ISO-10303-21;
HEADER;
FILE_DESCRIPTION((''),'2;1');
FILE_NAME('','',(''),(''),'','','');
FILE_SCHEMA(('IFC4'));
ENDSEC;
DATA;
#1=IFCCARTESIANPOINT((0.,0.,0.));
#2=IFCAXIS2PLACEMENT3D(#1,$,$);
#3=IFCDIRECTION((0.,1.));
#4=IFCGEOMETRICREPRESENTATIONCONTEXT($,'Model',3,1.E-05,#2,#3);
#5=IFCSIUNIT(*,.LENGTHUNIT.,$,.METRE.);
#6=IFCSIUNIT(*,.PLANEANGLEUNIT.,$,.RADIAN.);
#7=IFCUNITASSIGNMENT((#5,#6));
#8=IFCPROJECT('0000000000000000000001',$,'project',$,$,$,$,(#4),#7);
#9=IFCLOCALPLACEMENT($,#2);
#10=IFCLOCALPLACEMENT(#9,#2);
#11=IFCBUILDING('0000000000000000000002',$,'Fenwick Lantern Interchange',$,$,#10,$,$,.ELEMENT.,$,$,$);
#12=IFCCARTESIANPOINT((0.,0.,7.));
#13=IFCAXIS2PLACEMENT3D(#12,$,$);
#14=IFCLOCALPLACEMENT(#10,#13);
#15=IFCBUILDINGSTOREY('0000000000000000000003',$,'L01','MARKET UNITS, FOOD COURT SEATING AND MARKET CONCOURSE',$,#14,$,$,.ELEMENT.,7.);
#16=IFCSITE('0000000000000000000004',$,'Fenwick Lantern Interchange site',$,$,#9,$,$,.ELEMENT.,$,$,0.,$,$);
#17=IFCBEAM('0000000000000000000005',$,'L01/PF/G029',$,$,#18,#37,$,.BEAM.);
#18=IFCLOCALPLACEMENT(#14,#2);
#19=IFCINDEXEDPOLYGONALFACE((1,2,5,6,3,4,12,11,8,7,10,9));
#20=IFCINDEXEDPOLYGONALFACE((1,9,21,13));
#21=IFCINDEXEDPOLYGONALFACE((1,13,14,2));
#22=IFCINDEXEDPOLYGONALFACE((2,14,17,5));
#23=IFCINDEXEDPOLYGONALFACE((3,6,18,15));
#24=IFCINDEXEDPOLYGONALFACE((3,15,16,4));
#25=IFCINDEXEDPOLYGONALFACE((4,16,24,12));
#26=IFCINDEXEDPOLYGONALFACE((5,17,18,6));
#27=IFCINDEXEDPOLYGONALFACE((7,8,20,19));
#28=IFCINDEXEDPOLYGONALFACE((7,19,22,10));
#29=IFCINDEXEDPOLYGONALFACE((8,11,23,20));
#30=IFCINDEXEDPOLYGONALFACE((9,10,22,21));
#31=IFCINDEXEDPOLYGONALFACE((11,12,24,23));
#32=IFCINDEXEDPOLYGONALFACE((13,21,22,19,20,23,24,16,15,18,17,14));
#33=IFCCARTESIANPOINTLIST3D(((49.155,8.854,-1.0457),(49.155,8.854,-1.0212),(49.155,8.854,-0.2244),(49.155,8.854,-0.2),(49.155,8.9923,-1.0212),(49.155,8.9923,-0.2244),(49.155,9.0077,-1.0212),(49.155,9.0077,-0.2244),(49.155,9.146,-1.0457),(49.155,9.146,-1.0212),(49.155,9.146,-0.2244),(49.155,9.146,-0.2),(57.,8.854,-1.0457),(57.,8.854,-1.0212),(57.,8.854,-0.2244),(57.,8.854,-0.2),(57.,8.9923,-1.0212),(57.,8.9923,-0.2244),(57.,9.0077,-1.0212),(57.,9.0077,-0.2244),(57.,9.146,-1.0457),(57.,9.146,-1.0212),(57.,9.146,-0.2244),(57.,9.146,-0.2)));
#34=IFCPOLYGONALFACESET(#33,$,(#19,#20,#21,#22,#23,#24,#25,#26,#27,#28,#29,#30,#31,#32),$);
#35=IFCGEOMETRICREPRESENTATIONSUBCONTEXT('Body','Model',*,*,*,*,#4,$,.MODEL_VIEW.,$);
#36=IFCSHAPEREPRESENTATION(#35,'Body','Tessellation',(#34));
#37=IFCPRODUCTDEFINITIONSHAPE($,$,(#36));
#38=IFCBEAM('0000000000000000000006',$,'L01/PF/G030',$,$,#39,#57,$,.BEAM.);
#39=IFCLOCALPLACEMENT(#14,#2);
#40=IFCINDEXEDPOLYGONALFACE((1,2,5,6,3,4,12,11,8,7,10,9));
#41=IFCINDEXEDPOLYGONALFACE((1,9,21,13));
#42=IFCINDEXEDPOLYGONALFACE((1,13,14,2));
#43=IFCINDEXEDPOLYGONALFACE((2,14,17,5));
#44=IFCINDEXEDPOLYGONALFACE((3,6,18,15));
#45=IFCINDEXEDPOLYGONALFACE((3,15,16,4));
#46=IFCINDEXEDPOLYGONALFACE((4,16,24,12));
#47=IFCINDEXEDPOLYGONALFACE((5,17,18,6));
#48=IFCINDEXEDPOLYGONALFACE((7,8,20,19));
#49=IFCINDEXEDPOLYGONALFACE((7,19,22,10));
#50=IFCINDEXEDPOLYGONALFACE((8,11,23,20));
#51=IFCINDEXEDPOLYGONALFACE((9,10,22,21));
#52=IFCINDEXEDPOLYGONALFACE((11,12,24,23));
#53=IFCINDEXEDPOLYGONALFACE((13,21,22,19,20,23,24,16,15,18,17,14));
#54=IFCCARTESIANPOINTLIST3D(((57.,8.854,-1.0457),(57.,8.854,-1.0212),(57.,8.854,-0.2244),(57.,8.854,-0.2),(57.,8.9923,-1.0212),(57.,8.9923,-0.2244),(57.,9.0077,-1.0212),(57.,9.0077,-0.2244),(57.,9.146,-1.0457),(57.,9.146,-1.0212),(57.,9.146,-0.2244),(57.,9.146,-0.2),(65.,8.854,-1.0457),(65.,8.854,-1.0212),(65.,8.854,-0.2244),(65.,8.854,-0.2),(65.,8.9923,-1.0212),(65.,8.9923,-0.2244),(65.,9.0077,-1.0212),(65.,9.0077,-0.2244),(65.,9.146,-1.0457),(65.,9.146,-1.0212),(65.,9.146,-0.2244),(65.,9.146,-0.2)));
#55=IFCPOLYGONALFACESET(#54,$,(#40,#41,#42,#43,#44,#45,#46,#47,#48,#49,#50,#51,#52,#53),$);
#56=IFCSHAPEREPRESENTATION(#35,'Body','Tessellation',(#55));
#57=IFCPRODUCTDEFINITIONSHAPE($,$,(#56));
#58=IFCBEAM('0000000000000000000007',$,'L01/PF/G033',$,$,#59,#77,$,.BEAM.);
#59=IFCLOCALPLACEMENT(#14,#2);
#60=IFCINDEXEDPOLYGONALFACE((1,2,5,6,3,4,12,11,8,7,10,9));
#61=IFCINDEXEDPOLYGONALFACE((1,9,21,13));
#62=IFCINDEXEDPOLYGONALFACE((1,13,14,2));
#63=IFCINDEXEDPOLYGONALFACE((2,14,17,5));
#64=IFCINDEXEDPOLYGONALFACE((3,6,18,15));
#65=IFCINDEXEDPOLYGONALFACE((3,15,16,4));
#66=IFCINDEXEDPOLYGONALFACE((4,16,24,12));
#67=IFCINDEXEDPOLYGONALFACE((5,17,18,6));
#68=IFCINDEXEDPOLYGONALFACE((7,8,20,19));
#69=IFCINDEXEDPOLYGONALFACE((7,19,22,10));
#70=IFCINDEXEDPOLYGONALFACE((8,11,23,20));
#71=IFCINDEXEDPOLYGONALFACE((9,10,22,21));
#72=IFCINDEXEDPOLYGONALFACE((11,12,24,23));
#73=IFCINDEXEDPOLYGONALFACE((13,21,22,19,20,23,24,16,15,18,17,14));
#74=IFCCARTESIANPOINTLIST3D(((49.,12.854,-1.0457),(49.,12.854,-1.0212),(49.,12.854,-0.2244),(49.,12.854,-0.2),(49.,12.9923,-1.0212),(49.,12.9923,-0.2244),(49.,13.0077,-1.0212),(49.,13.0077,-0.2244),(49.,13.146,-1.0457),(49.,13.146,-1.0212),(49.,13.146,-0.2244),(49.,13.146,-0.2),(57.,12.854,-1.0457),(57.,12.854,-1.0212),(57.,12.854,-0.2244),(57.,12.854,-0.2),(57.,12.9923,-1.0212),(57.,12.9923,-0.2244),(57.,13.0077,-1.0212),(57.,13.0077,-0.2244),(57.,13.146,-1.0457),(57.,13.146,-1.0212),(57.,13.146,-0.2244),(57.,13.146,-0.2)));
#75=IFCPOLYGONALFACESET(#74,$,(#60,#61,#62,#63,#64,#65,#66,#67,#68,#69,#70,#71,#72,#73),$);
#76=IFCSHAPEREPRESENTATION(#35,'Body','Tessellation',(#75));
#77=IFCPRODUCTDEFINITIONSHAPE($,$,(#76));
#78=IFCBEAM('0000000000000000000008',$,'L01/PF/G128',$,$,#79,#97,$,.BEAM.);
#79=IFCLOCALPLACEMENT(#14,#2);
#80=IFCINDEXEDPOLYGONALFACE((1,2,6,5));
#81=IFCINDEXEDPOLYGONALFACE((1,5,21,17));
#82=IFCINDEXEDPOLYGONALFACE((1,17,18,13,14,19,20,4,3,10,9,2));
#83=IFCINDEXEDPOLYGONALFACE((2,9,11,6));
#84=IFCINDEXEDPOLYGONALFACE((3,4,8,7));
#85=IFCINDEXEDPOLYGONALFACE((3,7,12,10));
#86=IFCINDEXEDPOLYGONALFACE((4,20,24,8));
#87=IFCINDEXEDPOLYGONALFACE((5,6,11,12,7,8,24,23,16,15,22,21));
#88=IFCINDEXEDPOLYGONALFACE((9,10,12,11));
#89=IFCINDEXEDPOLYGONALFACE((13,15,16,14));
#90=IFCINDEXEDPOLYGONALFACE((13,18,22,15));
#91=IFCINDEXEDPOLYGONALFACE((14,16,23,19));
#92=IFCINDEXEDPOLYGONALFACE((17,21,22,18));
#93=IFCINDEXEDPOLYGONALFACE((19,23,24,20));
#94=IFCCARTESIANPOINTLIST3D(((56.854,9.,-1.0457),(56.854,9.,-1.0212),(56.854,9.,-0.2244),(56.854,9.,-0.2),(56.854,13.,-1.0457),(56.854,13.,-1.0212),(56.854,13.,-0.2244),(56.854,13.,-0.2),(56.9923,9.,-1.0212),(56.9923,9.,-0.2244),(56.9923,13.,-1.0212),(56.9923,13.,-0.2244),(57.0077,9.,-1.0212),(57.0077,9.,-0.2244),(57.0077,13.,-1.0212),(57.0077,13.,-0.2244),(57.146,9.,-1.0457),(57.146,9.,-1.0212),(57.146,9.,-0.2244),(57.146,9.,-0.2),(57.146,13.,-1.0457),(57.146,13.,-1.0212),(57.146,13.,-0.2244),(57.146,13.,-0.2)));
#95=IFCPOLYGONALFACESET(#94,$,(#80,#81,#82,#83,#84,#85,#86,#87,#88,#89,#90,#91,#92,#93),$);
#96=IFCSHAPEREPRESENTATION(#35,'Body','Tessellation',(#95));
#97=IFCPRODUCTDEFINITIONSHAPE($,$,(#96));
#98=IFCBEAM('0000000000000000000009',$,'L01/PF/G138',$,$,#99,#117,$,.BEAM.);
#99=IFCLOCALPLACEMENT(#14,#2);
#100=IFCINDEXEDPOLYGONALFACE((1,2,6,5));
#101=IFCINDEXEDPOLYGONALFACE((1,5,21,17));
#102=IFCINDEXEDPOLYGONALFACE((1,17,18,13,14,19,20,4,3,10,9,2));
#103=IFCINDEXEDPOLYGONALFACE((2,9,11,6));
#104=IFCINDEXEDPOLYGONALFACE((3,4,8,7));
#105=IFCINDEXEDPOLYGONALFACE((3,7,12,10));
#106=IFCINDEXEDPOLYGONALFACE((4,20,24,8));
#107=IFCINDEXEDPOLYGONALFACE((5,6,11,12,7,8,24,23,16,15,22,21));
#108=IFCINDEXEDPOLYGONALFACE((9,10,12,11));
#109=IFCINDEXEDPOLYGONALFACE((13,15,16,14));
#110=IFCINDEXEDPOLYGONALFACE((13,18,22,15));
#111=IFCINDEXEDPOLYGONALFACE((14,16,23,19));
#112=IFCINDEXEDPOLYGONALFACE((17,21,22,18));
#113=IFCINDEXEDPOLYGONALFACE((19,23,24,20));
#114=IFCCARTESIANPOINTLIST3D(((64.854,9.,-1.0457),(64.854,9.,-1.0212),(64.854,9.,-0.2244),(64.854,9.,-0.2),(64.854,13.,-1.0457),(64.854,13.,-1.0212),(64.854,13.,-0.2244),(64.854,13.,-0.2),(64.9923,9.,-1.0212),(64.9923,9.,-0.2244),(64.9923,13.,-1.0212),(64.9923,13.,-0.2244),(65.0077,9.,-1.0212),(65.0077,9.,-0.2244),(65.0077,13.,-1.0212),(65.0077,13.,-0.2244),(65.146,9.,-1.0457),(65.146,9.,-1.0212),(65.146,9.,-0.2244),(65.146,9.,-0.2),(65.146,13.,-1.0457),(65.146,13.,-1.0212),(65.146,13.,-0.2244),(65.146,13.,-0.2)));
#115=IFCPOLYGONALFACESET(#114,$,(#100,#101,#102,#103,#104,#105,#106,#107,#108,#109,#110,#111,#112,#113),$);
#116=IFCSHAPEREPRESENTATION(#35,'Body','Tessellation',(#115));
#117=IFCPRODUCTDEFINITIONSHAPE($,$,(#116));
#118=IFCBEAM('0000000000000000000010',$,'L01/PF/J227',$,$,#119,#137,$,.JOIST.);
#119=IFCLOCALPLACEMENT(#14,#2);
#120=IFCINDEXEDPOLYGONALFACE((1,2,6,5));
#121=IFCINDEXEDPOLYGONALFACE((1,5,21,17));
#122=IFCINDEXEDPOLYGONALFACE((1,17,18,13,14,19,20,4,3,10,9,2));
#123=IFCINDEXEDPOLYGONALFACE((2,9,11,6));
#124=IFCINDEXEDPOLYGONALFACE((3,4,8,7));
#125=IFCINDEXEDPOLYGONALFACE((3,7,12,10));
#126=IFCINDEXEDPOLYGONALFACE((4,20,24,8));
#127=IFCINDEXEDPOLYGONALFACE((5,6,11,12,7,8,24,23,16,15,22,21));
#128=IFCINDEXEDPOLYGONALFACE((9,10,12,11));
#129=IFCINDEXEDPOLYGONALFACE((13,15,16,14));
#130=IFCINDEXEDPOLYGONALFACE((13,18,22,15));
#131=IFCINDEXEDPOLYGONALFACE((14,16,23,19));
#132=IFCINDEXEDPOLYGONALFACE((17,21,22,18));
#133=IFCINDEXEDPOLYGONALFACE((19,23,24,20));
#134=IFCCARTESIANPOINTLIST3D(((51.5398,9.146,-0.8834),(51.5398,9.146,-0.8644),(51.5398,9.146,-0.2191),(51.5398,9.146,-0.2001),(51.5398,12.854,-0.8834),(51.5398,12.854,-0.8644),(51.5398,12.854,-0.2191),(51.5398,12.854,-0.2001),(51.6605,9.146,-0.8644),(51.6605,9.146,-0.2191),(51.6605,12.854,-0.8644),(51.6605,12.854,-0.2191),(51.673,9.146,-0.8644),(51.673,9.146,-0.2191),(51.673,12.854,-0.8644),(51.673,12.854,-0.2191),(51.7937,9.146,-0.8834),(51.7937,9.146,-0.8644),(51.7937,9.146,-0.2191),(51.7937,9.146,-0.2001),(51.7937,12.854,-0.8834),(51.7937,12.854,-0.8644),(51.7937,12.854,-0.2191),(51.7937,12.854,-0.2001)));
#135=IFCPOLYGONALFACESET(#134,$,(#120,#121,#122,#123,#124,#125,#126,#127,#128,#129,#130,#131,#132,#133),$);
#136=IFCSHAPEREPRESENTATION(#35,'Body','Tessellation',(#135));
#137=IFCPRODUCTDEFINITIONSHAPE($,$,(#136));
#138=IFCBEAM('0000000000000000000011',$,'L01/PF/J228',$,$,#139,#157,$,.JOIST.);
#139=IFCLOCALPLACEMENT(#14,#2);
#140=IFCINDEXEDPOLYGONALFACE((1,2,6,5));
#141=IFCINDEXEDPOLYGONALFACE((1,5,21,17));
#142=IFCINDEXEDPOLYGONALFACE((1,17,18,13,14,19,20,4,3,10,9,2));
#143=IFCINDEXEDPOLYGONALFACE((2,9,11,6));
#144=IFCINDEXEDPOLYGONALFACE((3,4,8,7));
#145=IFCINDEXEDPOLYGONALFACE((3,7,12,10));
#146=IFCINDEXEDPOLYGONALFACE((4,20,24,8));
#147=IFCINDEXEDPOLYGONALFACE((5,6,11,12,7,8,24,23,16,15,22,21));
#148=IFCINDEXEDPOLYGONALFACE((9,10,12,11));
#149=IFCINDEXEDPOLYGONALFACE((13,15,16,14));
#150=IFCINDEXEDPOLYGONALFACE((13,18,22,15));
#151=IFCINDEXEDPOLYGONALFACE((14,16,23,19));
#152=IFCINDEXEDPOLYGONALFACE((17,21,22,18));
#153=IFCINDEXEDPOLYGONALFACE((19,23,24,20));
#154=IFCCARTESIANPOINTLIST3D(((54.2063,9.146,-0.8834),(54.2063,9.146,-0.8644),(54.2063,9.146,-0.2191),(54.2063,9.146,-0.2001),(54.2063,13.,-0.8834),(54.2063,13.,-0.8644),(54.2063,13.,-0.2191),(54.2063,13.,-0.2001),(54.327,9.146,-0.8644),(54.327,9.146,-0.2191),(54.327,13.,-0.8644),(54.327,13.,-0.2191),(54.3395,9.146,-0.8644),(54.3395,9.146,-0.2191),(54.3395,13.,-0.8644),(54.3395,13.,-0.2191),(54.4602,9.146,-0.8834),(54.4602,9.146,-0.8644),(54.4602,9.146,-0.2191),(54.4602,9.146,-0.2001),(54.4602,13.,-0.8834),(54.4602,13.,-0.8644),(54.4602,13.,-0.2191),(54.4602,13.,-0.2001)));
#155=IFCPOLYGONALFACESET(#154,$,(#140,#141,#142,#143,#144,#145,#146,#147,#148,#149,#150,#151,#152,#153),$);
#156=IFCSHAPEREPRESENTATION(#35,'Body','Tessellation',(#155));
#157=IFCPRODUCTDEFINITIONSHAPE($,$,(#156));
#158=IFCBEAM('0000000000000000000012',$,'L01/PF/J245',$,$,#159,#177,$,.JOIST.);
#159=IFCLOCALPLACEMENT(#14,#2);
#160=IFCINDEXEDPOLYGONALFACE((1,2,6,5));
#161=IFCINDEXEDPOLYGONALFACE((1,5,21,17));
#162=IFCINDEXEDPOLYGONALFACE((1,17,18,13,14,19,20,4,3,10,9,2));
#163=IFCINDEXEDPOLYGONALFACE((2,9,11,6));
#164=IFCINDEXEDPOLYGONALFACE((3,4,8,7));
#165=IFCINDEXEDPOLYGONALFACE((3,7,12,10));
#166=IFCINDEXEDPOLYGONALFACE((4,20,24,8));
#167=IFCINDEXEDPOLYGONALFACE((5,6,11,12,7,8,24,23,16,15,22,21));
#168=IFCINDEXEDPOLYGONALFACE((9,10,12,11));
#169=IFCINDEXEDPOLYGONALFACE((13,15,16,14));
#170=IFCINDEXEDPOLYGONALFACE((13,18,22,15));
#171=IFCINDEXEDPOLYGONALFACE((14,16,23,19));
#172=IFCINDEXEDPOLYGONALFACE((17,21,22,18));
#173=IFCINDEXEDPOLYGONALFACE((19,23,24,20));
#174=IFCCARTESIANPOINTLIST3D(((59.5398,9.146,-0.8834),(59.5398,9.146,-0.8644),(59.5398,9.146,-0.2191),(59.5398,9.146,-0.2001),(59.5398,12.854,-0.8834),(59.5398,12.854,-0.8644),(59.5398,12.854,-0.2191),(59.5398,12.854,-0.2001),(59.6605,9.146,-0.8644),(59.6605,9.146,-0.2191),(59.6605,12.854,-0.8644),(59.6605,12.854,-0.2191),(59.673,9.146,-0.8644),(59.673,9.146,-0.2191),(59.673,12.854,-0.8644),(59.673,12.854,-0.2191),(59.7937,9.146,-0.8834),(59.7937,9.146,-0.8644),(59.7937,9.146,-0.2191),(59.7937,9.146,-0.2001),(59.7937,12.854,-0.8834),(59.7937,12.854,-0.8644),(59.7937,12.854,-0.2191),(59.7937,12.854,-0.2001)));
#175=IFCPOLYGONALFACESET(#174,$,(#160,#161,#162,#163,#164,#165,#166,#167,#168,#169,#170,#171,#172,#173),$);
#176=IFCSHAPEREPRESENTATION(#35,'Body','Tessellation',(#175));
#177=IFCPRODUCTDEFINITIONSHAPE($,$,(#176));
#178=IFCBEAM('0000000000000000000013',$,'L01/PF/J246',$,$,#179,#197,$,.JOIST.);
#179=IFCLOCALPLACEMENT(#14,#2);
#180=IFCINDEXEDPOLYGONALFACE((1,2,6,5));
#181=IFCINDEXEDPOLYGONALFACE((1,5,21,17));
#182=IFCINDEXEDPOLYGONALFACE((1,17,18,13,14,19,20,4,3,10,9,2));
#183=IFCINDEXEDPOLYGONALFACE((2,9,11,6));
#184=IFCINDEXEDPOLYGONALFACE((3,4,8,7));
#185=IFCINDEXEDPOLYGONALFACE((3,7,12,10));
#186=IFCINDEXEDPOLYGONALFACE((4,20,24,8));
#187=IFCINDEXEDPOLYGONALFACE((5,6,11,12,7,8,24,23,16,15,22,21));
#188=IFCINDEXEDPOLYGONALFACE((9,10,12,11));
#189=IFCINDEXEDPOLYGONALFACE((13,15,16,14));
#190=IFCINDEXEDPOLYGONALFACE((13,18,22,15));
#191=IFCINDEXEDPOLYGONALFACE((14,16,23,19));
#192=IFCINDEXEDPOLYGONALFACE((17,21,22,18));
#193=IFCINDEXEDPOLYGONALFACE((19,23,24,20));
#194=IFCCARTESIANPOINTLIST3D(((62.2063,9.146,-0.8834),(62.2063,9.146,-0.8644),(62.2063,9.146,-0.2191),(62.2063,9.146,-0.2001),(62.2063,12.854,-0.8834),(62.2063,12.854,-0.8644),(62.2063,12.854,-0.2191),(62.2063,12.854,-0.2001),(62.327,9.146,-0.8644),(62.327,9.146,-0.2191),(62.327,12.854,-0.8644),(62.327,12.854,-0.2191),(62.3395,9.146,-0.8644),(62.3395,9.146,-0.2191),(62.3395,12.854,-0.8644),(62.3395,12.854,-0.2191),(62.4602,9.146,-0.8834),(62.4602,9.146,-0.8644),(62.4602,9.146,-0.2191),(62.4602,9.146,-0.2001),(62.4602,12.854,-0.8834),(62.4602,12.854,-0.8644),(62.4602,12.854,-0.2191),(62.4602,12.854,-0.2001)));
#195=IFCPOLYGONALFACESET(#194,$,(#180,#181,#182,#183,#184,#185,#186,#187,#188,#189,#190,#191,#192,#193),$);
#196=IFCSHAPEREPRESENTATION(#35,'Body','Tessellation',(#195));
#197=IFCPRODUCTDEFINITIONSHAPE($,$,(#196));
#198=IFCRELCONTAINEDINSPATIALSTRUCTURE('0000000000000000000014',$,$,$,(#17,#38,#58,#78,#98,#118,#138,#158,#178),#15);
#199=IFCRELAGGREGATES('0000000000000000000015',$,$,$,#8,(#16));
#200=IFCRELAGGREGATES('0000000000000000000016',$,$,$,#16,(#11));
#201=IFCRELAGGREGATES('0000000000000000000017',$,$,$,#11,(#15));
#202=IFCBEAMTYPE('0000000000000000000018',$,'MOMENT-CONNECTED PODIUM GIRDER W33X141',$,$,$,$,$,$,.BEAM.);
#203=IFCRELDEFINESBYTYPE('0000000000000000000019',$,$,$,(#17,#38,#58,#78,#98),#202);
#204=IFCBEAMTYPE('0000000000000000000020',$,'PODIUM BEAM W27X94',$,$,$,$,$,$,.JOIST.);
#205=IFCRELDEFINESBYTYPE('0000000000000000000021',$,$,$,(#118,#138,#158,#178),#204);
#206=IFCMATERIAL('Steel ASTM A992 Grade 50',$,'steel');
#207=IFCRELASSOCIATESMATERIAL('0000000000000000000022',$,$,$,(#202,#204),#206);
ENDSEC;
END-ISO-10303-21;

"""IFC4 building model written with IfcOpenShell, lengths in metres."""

from ifc_helpers import new_model, si_unit, direction, frame, origin, origin_2d, place, context, subcontext, project, spatial, i_section, extrude, material, material_profile, profile_set, type_object, element, save


model = new_model("IFC4")

# Units and contexts
model_context = context("Model", 3, precision=1e-05, world=origin(), true_north=direction((0.0, 1.0)))
body_context = subcontext(model_context, "Body", "Model", "MODEL_VIEW")
ifc_project = project(units=[si_unit("LENGTHUNIT", "METRE"), si_unit("PLANEANGLEUNIT", "RADIAN")], contexts=[model_context])

# Site, building, storey
site_placement = place(None, origin())
site = spatial("IfcSite", under=ifc_project, at=site_placement, Name="Fenwick Lantern Interchange site", CompositionType="ELEMENT", RefElevation=0.0)
building_placement = place(site_placement, origin())
building = spatial("IfcBuilding", under=site, at=building_placement, Name="Fenwick Lantern Interchange", CompositionType="ELEMENT")
storey_placement = place(building_placement, frame((0.0, 0.0, 7.0)))
storey = spatial("IfcBuildingStorey", under=building, at=storey_placement, Name="L01", Description="MARKET UNITS, FOOD COURT SEATING AND MARKET CONCOURSE", CompositionType="ELEMENT", Elevation=7.0)

# Shared definitions
ifc_material_1 = material(Name="Steel ASTM A992 Grade 50", Category="steel")

# Beams
ifc_material_profile_1 = material_profile(ifc_material_1, i_section(OverallWidth=0.292, OverallDepth=0.8457, WebThickness=0.0154, FlangeThickness=0.0244, at=origin_2d()), Name="W33X141")
ifc_profile_set_1 = profile_set([ifc_material_profile_1], Name="Steel ASTM A992 Grade 50")
beam_type_1 = type_object("IfcBeamType", Name="MOMENT-CONNECTED PODIUM GIRDER W33X141", PredefinedType="BEAM", material=ifc_profile_set_1)
beam_1_placement = place(storey_placement, frame((49.155, 9.0, -0.6228), z_axis=(1.0, 0.0, 0.0), x_axis=(0.0, 1.0, 0.0)))
element("IfcBeam", 1, at=beam_1_placement, inside=storey, type_object=beam_type_1, Name="L01/PF/G029", PredefinedType="BEAM", context=body_context, shape_type="SweptSolid", body=[
    extrude(i_section(OverallWidth=0.292, OverallDepth=0.8457, WebThickness=0.0154, FlangeThickness=0.0244, at=origin_2d()), origin(), (0.0, 0.0, 1.0), 7.845),
])
for number, where, z_axis, x_axis, name in (
    (2, (57.0, 9.0, -0.6228), (1.0, 0.0, 0.0), (0.0, 1.0, 0.0), "L01/PF/G030"),
    (3, (49.0, 13.0, -0.6228), (1.0, 0.0, 0.0), (0.0, 1.0, 0.0), "L01/PF/G033"),
):
    element("IfcBeam", number, at=place(storey_placement, frame(where, z_axis=z_axis, x_axis=x_axis)), inside=storey, type_object=beam_type_1, Name=name, PredefinedType="BEAM", context=body_context, shape_type="SweptSolid", body=[
        extrude(i_section(OverallWidth=0.292, OverallDepth=0.8457, WebThickness=0.0154, FlangeThickness=0.0244, at=origin_2d()), origin(), (0.0, 0.0, 1.0), 8.0),
    ])
for number, where, z_axis, x_axis, name in (
    (4, (57.0, 9.0, -0.6228), (0.0, 1.0, 0.0), (-1.0, 0.0, 0.0), "L01/PF/G128"),
    (5, (65.0, 9.0, -0.6228), (0.0, 1.0, 0.0), (-1.0, 0.0, 0.0), "L01/PF/G138"),
):
    element("IfcBeam", number, at=place(storey_placement, frame(where, z_axis=z_axis, x_axis=x_axis)), inside=storey, type_object=beam_type_1, Name=name, PredefinedType="BEAM", context=body_context, shape_type="SweptSolid", body=[
        extrude(i_section(OverallWidth=0.292, OverallDepth=0.8457, WebThickness=0.0154, FlangeThickness=0.0244, at=origin_2d()), origin(), (0.0, 0.0, 1.0), 4.0),
    ])
ifc_material_profile_2 = material_profile(ifc_material_1, i_section(OverallWidth=0.2539, OverallDepth=0.6833, WebThickness=0.0125, FlangeThickness=0.019, at=origin_2d()), Name="W27X94")
ifc_profile_set_2 = profile_set([ifc_material_profile_2], Name="Steel ASTM A992 Grade 50")
beam_type_2 = type_object("IfcBeamType", Name="PODIUM BEAM W27X94", PredefinedType="JOIST", material=ifc_profile_set_2)
beam_2_placement = place(storey_placement, frame((51.6667, 9.146, -0.5417), z_axis=(0.0, 1.0, 0.0), x_axis=(-1.0, 0.0, 0.0)))
element("IfcBeam", 6, at=beam_2_placement, inside=storey, type_object=beam_type_2, Name="L01/PF/J227", PredefinedType="JOIST", context=body_context, shape_type="SweptSolid", body=[
    extrude(i_section(OverallWidth=0.2539, OverallDepth=0.6833, WebThickness=0.0125, FlangeThickness=0.019, at=origin_2d()), origin(), (0.0, 0.0, 1.0), 3.708),
])
beam_3_placement = place(storey_placement, frame((54.3333, 9.146, -0.5417), z_axis=(0.0, 1.0, 0.0), x_axis=(-1.0, 0.0, 0.0)))
element("IfcBeam", 7, at=beam_3_placement, inside=storey, type_object=beam_type_2, Name="L01/PF/J228", PredefinedType="JOIST", context=body_context, shape_type="SweptSolid", body=[
    extrude(i_section(OverallWidth=0.2539, OverallDepth=0.6833, WebThickness=0.0125, FlangeThickness=0.019, at=origin_2d()), origin(), (0.0, 0.0, 1.0), 3.854),
])
for number, where, z_axis, x_axis, name in (
    (8, (59.6667, 9.146, -0.5417), (0.0, 1.0, 0.0), (-1.0, 0.0, 0.0), "L01/PF/J245"),
    (9, (62.3333, 9.146, -0.5417), (0.0, 1.0, 0.0), (-1.0, 0.0, 0.0), "L01/PF/J246"),
):
    element("IfcBeam", number, at=place(storey_placement, frame(where, z_axis=z_axis, x_axis=x_axis)), inside=storey, type_object=beam_type_2, Name=name, PredefinedType="JOIST", context=body_context, shape_type="SweptSolid", body=[
        extrude(i_section(OverallWidth=0.2539, OverallDepth=0.6833, WebThickness=0.0125, FlangeThickness=0.019, at=origin_2d()), origin(), (0.0, 0.0, 1.0), 3.708),
    ])

save(model, "model.ifc")
